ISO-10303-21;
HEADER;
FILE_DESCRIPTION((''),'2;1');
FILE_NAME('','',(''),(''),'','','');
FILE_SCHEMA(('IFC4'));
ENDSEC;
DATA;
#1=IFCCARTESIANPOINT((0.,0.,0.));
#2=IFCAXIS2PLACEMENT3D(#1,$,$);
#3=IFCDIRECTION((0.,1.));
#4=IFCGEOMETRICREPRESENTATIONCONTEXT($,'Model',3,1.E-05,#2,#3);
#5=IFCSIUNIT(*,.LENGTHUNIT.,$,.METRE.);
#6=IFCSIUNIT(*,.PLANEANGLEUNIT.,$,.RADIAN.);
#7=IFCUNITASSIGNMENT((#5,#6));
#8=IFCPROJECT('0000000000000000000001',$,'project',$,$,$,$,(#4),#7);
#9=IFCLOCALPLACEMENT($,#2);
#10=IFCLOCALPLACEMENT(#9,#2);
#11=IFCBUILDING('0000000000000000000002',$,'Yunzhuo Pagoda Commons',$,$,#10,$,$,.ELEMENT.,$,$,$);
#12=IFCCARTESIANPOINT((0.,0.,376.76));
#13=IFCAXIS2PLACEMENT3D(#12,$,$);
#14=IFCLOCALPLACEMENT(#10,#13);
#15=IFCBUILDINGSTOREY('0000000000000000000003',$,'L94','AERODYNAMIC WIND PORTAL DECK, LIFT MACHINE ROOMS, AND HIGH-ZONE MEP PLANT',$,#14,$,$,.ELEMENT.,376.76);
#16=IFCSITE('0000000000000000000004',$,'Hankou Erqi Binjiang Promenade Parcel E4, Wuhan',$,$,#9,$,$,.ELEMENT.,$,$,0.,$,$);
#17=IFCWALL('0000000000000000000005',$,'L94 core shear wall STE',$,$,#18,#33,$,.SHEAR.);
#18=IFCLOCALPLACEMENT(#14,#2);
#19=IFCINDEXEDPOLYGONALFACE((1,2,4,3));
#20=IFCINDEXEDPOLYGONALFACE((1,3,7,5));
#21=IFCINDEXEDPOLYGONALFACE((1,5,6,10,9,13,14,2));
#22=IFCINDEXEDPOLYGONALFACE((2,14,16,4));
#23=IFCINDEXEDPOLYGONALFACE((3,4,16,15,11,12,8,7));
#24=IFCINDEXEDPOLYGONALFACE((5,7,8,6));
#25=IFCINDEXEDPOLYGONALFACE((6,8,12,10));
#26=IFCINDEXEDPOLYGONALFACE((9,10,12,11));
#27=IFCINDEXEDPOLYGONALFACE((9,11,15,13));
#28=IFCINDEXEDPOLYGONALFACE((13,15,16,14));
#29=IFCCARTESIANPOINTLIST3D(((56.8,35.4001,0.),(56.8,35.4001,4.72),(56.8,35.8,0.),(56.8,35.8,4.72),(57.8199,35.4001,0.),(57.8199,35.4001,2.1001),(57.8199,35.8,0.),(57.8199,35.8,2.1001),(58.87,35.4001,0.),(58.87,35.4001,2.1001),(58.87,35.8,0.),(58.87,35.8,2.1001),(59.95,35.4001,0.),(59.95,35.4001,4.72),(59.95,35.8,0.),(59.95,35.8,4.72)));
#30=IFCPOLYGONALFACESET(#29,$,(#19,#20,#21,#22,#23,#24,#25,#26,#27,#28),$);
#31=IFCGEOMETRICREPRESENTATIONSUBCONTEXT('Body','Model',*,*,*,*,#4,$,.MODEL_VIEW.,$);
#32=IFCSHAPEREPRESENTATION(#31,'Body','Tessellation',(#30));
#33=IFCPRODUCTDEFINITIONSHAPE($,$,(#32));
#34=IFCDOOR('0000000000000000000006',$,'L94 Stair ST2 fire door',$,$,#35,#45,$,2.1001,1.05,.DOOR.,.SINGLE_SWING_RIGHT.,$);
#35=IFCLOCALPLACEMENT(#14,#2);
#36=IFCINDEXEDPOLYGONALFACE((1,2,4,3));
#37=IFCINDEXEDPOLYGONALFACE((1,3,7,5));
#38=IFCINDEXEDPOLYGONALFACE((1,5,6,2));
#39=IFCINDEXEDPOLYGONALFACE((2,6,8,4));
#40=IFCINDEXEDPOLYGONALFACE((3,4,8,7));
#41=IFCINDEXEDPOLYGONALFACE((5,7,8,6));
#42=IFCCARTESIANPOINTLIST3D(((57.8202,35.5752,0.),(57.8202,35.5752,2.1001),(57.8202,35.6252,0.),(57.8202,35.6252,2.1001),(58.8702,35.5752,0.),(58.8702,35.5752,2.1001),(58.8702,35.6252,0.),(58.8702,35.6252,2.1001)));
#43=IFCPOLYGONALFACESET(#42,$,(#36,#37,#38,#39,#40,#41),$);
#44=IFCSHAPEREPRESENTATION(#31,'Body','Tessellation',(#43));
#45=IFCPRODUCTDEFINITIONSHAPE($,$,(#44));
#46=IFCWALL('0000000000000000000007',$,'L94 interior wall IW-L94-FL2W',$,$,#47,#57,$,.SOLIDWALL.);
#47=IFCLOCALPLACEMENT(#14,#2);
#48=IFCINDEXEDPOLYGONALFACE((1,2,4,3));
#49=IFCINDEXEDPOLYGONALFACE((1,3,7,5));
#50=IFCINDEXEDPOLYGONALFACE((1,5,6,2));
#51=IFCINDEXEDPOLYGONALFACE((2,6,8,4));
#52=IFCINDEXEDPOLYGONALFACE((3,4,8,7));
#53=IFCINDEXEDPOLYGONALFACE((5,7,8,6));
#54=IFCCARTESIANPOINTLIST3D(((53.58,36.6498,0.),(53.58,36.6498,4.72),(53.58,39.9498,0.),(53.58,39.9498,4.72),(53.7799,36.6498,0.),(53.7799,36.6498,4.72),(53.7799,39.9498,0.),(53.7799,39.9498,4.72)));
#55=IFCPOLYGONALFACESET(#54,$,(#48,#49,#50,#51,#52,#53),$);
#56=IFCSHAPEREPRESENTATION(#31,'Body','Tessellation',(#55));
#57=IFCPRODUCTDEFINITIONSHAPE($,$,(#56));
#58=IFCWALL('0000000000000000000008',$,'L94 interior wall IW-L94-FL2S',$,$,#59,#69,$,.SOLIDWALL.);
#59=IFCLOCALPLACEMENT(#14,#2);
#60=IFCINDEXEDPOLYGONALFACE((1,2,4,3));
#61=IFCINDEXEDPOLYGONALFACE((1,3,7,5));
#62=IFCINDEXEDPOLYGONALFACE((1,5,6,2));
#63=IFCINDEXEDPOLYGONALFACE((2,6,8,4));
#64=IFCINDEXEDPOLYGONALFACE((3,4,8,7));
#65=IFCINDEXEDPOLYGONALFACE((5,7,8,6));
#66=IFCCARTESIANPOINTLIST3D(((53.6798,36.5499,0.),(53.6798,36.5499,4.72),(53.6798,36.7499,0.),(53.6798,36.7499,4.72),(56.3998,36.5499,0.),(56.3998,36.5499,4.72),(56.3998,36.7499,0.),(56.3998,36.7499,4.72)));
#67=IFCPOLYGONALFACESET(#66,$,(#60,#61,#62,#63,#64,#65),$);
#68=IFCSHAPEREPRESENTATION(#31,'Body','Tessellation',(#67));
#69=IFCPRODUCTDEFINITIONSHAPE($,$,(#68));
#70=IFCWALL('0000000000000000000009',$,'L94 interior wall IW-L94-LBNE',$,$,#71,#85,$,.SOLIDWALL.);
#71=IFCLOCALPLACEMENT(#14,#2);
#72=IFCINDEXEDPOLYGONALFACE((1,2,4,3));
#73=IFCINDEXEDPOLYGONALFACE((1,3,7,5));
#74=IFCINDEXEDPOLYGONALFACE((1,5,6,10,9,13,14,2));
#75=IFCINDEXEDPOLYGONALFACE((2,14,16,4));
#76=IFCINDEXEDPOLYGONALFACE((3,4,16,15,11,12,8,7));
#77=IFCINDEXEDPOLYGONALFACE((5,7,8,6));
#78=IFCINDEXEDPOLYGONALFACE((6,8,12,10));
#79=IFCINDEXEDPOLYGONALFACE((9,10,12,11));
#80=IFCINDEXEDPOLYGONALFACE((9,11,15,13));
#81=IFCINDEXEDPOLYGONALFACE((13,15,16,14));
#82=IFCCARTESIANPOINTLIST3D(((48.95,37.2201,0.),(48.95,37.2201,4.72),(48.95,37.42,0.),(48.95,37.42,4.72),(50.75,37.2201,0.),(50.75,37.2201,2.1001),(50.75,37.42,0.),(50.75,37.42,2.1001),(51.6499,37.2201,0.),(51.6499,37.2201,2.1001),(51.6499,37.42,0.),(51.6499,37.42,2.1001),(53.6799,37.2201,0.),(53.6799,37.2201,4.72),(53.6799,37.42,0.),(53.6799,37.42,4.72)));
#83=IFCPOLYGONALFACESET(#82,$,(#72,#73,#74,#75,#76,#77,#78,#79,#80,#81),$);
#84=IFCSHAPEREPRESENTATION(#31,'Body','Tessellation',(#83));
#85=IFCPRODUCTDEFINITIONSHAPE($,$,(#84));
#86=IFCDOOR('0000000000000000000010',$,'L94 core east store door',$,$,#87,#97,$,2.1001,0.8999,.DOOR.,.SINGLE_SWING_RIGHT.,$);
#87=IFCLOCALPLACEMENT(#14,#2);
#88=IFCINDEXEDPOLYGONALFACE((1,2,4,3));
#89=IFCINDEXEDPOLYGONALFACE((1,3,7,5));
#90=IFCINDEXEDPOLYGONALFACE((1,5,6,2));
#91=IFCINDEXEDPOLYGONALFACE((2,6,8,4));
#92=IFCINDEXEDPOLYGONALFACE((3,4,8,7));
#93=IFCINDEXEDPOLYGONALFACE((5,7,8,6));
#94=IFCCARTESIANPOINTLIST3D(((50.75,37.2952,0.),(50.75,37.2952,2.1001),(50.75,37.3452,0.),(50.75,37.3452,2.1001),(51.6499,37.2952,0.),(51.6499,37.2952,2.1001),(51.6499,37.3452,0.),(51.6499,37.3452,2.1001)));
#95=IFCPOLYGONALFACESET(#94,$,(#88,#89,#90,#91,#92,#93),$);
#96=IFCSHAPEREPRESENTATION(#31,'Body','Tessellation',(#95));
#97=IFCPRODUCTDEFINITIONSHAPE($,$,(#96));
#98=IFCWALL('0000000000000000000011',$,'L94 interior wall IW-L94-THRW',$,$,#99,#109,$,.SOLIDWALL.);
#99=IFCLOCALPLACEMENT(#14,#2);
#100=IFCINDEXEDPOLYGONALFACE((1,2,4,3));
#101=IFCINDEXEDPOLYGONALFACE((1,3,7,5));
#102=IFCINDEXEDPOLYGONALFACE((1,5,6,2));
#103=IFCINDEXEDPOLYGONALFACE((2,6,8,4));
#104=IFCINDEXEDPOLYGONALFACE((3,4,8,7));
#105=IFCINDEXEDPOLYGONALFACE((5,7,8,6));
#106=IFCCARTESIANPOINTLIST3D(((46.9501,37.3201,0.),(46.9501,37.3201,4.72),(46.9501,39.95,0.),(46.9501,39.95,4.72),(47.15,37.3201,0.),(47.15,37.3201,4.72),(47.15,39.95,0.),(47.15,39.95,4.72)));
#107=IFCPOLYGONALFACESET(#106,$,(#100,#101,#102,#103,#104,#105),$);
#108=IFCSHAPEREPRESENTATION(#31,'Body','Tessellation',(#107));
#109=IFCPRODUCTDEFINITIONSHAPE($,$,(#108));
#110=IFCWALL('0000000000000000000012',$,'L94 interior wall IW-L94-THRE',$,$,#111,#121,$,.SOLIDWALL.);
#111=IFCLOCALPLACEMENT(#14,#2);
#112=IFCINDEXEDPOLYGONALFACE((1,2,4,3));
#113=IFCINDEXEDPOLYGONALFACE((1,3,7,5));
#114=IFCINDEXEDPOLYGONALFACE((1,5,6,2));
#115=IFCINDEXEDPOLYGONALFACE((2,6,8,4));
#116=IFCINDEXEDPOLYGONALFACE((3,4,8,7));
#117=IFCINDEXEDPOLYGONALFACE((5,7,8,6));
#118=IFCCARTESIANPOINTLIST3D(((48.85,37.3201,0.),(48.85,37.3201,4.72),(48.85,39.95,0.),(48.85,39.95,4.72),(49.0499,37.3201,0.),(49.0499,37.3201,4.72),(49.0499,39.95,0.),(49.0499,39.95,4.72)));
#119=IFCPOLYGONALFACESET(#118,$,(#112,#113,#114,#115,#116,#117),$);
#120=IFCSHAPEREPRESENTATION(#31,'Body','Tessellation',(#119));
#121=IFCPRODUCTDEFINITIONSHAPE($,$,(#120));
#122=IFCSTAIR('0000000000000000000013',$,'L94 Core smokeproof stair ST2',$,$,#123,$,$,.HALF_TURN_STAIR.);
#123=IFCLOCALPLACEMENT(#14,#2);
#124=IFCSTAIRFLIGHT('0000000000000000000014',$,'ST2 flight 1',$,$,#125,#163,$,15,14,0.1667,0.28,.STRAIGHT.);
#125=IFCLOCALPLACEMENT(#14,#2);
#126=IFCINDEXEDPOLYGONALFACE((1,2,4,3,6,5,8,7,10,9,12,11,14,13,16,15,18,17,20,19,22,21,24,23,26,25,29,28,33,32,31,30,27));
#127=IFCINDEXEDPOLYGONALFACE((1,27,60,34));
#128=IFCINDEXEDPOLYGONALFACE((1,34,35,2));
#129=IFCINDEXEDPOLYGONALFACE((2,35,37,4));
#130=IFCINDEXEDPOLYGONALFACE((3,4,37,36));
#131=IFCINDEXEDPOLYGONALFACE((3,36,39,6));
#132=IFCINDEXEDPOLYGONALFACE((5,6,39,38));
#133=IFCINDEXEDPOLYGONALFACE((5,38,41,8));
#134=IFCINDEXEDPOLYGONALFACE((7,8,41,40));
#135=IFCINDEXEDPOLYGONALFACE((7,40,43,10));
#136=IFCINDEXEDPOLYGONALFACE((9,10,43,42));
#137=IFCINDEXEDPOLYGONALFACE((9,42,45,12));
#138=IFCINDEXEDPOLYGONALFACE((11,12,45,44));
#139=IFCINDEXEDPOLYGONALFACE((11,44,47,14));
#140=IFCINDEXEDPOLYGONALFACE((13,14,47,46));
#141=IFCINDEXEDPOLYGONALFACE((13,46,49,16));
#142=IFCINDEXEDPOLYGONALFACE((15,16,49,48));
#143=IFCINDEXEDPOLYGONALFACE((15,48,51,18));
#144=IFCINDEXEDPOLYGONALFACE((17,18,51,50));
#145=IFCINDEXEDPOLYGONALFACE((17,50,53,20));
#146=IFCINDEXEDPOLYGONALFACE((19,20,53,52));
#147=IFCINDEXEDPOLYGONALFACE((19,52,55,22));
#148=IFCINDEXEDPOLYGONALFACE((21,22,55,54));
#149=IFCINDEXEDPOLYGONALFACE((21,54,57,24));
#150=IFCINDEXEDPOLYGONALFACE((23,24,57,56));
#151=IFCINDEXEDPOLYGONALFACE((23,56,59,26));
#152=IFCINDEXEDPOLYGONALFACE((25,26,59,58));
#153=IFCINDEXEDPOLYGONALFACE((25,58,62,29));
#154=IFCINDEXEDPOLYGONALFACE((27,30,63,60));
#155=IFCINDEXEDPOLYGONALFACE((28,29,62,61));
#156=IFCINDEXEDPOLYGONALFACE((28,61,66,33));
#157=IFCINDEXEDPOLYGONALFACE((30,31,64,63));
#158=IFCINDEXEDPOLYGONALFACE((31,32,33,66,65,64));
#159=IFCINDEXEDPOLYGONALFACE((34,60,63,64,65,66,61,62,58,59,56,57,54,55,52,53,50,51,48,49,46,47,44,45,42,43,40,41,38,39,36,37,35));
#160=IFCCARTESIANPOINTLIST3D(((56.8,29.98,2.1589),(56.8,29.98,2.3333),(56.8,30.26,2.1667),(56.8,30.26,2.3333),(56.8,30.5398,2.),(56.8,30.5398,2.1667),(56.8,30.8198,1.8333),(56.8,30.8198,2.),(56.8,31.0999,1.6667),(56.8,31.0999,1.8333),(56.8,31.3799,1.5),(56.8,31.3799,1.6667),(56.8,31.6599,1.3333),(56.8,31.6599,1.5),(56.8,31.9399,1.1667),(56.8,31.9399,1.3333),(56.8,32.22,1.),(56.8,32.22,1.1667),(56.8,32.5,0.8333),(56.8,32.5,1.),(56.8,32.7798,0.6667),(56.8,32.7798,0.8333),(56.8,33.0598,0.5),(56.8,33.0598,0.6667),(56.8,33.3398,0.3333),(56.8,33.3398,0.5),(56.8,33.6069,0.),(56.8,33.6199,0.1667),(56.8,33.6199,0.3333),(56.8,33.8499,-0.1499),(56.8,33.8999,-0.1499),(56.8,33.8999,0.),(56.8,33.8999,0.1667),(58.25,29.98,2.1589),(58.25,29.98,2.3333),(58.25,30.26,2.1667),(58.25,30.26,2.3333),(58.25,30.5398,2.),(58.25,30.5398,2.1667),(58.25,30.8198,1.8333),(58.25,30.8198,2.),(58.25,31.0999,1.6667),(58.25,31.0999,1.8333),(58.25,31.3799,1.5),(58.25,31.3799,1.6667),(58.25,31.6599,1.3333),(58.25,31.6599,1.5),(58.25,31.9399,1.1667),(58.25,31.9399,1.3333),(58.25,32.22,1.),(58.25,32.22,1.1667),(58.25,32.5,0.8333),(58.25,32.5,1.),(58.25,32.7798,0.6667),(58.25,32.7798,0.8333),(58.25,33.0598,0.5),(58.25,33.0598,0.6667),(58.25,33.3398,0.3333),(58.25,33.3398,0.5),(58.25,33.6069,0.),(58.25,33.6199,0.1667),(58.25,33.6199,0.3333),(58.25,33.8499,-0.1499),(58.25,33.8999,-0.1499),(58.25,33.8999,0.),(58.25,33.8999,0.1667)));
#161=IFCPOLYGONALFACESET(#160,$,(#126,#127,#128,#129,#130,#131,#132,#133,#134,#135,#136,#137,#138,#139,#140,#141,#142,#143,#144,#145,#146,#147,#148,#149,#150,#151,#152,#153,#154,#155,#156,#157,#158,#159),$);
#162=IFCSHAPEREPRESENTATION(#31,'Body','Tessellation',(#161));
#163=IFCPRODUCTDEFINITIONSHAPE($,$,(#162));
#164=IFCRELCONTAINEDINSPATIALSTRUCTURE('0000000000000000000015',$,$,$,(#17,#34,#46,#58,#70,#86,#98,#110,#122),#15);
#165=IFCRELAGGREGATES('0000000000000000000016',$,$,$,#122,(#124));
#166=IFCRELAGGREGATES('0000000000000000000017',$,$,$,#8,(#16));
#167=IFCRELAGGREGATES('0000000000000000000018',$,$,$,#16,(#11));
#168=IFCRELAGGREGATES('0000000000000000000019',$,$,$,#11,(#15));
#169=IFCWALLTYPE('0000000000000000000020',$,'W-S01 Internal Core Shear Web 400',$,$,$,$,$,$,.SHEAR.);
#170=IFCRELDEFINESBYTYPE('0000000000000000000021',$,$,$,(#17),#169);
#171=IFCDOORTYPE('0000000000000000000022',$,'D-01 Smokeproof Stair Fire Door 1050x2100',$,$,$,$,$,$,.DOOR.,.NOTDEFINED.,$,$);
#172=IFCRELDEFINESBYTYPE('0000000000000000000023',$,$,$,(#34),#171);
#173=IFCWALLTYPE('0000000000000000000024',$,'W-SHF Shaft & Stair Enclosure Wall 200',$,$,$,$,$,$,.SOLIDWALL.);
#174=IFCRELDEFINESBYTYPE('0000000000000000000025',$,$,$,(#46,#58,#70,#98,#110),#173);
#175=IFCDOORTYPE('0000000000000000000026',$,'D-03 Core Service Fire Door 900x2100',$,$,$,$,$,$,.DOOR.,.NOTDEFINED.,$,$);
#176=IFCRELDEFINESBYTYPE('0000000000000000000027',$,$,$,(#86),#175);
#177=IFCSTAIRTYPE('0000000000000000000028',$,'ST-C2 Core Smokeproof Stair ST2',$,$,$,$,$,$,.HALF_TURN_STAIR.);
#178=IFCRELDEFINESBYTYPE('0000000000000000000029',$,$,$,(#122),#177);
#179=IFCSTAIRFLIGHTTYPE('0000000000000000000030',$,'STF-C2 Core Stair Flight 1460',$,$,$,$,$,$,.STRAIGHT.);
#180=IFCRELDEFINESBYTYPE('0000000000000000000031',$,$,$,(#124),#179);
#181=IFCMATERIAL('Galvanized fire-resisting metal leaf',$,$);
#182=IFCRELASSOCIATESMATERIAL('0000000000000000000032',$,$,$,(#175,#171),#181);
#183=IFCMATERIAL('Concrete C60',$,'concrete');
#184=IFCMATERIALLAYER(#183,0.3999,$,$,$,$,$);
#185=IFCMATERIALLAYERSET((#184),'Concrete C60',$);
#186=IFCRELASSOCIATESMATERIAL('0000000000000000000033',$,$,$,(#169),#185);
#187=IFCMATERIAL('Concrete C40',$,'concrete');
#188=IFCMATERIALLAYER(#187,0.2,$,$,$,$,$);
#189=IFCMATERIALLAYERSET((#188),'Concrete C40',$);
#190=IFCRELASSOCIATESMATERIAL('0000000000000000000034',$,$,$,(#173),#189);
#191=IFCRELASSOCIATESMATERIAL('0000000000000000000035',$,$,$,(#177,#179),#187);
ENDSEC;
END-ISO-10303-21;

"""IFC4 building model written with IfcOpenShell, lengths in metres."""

from ifc_helpers import new_model, si_unit, direction, frame, frame_2d, origin, place, context, subcontext, project, spatial, polyline, rectangle, outline, extrude, source, transform, mapped, material, layer, layer_set, type_object, element, fill, aggregate, save


model = new_model("IFC4")

# Units and contexts
model_context = context("Model", 3, precision=1e-05, world=origin(), true_north=direction((0.0, 1.0)))
body_context = subcontext(model_context, "Body", "Model", "MODEL_VIEW")
ifc_project = project(units=[si_unit("LENGTHUNIT", "METRE"), si_unit("PLANEANGLEUNIT", "RADIAN")], contexts=[model_context])

# Site, building, storey
site_placement = place(None, origin())
site = spatial("IfcSite", under=ifc_project, at=site_placement, Name="Hankou Erqi Binjiang Promenade Parcel E4, Wuhan", CompositionType="ELEMENT", RefElevation=0.0)
building_placement = place(site_placement, origin())
building = spatial("IfcBuilding", under=site, at=building_placement, Name="Yunzhuo Pagoda Commons", CompositionType="ELEMENT")
storey_placement = place(building_placement, frame((0.0, 0.0, 376.76)))
storey = spatial("IfcBuildingStorey", under=building, at=storey_placement, Name="L94", Description="AERODYNAMIC WIND PORTAL DECK, LIFT MACHINE ROOMS, AND HIGH-ZONE MEP PLANT", CompositionType="ELEMENT", Elevation=376.76)

# Shared definitions
ifc_material_1 = material(Name="Galvanized fire-resisting metal leaf")
door_type_1 = type_object("IfcDoorType", Name="D-03 Core Service Fire Door 900x2100", OperationType="NOTDEFINED", PredefinedType="DOOR", material=ifc_material_1)
shared_shape_1 = source(origin(), body_context, "Body", "SweptSolid", [
    extrude(rectangle(XDim=0.8999, YDim=2.1001, at=frame_2d((0.45, 1.05))), frame((0.0, 0.0249, 0.0), z_axis=(0.0, -1.0, 0.0), x_axis=(1.0, 0.0, 0.0)), (0.0, 0.0, 1.0), 0.05),
])

# Wall, opening, door
ifc_material_2 = material(Name="Concrete C60", Category="concrete")
ifc_layer_1 = layer(ifc_material_2, 0.3999)
ifc_layer_set_1 = layer_set([ifc_layer_1], Name="Concrete C60")
wall_type_1 = type_object("IfcWallType", Name="W-S01 Internal Core Shear Web 400", PredefinedType="SHEAR", material=ifc_layer_set_1)
wall_1_placement = place(storey_placement, frame((56.8, 35.6001, 0.0), z_axis=(0.0, 0.0, 1.0), x_axis=(1.0, 0.0, 0.0)))
wall_1 = element("IfcWall", 1, at=wall_1_placement, inside=storey, type_object=wall_type_1, Name="L94 core shear wall STE", PredefinedType="SHEAR", context=body_context, shape_type="SweptSolid", body=[
    extrude(rectangle(XDim=3.1499, YDim=0.3999, at=frame_2d((1.575, 0.0))), origin(), (0.0, 0.0, 1.0), 4.72),
])
opening_1_placement = place(wall_1_placement, frame((1.02, 0.0, 0.0)))
opening_1 = element("IfcOpeningElement", 2, at=opening_1_placement, cuts=wall_1, PredefinedType="OPENING", context=body_context, shape_type="SweptSolid", body=[
    extrude(rectangle(XDim=1.05, YDim=2.1001, at=frame_2d((0.5249, 1.05))), frame((0.0, 0.21, 0.0), z_axis=(0.0, -1.0, 0.0), x_axis=(1.0, 0.0, 0.0)), (0.0, 0.0, 1.0), 0.4199),
])
door_type_2 = type_object("IfcDoorType", Name="D-01 Smokeproof Stair Fire Door 1050x2100", OperationType="NOTDEFINED", PredefinedType="DOOR", material=ifc_material_1)
shared_shape_2 = source(origin(), body_context, "Body", "SweptSolid", [
    extrude(rectangle(XDim=1.05, YDim=2.1001, at=frame_2d((0.5249, 1.05))), frame((0.0, 0.0249, 0.0), z_axis=(0.0, -1.0, 0.0), x_axis=(1.0, 0.0, 0.0)), (0.0, 0.0, 1.0), 0.05),
])
door_1_placement = place(opening_1_placement, frame((1.05, 0.0, 0.0), z_axis=(0.0, 0.0, 1.0), x_axis=(-1.0, 0.0, 0.0)))
door_1 = element("IfcDoor", 3, at=door_1_placement, inside=storey, type_object=door_type_2, Name="L94 Stair ST2 fire door", OperationType="SINGLE_SWING_RIGHT", OverallHeight=2.1001, OverallWidth=1.05, PredefinedType="DOOR", context=body_context, shape_type="MappedRepresentation", body=[
    mapped(shared_shape_2, transform((0.0, 0.0, 0.0), scale=1.0)),
])
fill(opening_1, door_1)

# Walls
ifc_material_3 = material(Name="Concrete C40", Category="concrete")
ifc_layer_2 = layer(ifc_material_3, 0.2)
ifc_layer_set_2 = layer_set([ifc_layer_2], Name="Concrete C40")
wall_type_2 = type_object("IfcWallType", Name="W-SHF Shaft & Stair Enclosure Wall 200", PredefinedType="SOLIDWALL", material=ifc_layer_set_2)
wall_2_placement = place(storey_placement, frame((53.6799, 36.6499, 0.0), z_axis=(0.0, 0.0, 1.0), x_axis=(0.0, 1.0, 0.0)))
element("IfcWall", 4, at=wall_2_placement, inside=storey, type_object=wall_type_2, Name="L94 interior wall IW-L94-FL2W", PredefinedType="SOLIDWALL", context=body_context, shape_type="SweptSolid", body=[
    extrude(rectangle(XDim=3.3, YDim=0.2, at=frame_2d((1.6499, 0.0))), origin(), (0.0, 0.0, 1.0), 4.72),
])
wall_3_placement = place(storey_placement, frame((53.6799, 36.6499, 0.0), z_axis=(0.0, 0.0, 1.0), x_axis=(1.0, 0.0, 0.0)))
element("IfcWall", 5, at=wall_3_placement, inside=storey, type_object=wall_type_2, Name="L94 interior wall IW-L94-FL2S", PredefinedType="SOLIDWALL", context=body_context, shape_type="SweptSolid", body=[
    extrude(rectangle(XDim=2.72, YDim=0.2, at=frame_2d((1.3599, 0.0))), origin(), (0.0, 0.0, 1.0), 4.72),
])

# Wall, opening, door
wall_4_placement = place(storey_placement, frame((48.95, 37.3201, 0.0), z_axis=(0.0, 0.0, 1.0), x_axis=(1.0, 0.0, 0.0)))
wall_4 = element("IfcWall", 6, at=wall_4_placement, inside=storey, type_object=wall_type_2, Name="L94 interior wall IW-L94-LBNE", PredefinedType="SOLIDWALL", context=body_context, shape_type="SweptSolid", body=[
    extrude(rectangle(XDim=4.73, YDim=0.2, at=frame_2d((2.365, 0.0))), origin(), (0.0, 0.0, 1.0), 4.72),
])
opening_2_placement = place(wall_4_placement, frame((1.8, 0.0, 0.0)))
opening_2 = element("IfcOpeningElement", 7, at=opening_2_placement, cuts=wall_4, PredefinedType="OPENING", context=body_context, shape_type="SweptSolid", body=[
    extrude(rectangle(XDim=0.8999, YDim=2.1001, at=frame_2d((0.45, 1.05))), frame((0.0, 0.1099, 0.0), z_axis=(0.0, -1.0, 0.0), x_axis=(1.0, 0.0, 0.0)), (0.0, 0.0, 1.0), 0.22),
])
door_2_placement = place(opening_2_placement, frame((0.8999, 0.0, 0.0), z_axis=(0.0, 0.0, 1.0), x_axis=(-1.0, 0.0, 0.0)))
door_2 = element("IfcDoor", 8, at=door_2_placement, inside=storey, type_object=door_type_1, Name="L94 core east store door", OperationType="SINGLE_SWING_RIGHT", OverallHeight=2.1001, OverallWidth=0.8999, PredefinedType="DOOR", context=body_context, shape_type="MappedRepresentation", body=[
    mapped(shared_shape_1, transform((0.0, 0.0, 0.0), scale=1.0)),
])
fill(opening_2, door_2)

# Walls
for number, where, z_axis, x_axis, name in (
    (9, (47.05, 37.3201, 0.0), (0.0, 0.0, 1.0), (0.0, 1.0, 0.0), "L94 interior wall IW-L94-THRW"),
    (10, (48.95, 37.3201, 0.0), (0.0, 0.0, 1.0), (0.0, 1.0, 0.0), "L94 interior wall IW-L94-THRE"),
):
    element("IfcWall", number, at=place(storey_placement, frame(where, z_axis=z_axis, x_axis=x_axis)), inside=storey, type_object=wall_type_2, Name=name, PredefinedType="SOLIDWALL", context=body_context, shape_type="SweptSolid", body=[
        extrude(rectangle(XDim=2.6299, YDim=0.2, at=frame_2d((1.3149, 0.0))), origin(), (0.0, 0.0, 1.0), 4.72),
    ])

# Stair, stair flight
stair_type = type_object("IfcStairType", Name="ST-C2 Core Smokeproof Stair ST2", PredefinedType="HALF_TURN_STAIR", material=ifc_material_3)
stair_placement = place(storey_placement, origin())
stair = element("IfcStair", 11, at=stair_placement, inside=storey, type_object=stair_type, Name="L94 Core smokeproof stair ST2", PredefinedType="HALF_TURN_STAIR")
stair_flight_type = type_object("IfcStairFlightType", Name="STF-C2 Core Stair Flight 1460", PredefinedType="STRAIGHT", material=ifc_material_3)
shared_shape_3 = source(origin(), body_context, "Body", "SweptSolid", [
    extrude(outline(polyline([(0.0, -0.1499), (0.0, 0.0), (0.0, 0.1667), (0.28, 0.1667), (0.28, 0.3333), (0.5601, 0.3333), (0.5601, 0.5), (0.8401, 0.5), (0.8401, 0.6667), (1.1201, 0.6667), (1.1201, 0.8333), (1.3999, 0.8333), (1.3999, 1.0), (1.6799, 1.0), (1.6799, 1.1667), (1.96, 1.1667), (1.96, 1.3333), (2.24, 1.3333), (2.24, 1.5), (2.52, 1.5), (2.52, 1.6667), (2.8, 1.6667), (2.8, 1.8333), (3.0801, 1.8333), (3.0801, 2.0), (3.3601, 2.0), (3.3601, 2.1667), (3.6399, 2.1667), (3.6399, 2.3333), (3.9199, 2.3333), (3.9199, 2.5), (3.9199, 2.1589), (0.293, 0.0), (0.05, -0.1499), (0.0, -0.1499)])), frame((0.0, 0.7251, 0.0), z_axis=(0.0, -1.0, 0.0), x_axis=(1.0, 0.0, 0.0)), (0.0, 0.0, 1.0), 1.45),
])
stair_flight_placement = place(storey_placement, frame((57.5249, 33.8999, 0.0), z_axis=(0.0, 0.0, 1.0), x_axis=(0.0, -1.0, 0.0)))
stair_flight = element("IfcStairFlight", 12, at=stair_flight_placement, type_object=stair_flight_type, Name="ST2 flight 1", NumberOfRisers=15, NumberOfTreads=14, PredefinedType="STRAIGHT", RiserHeight=0.1667, TreadLength=0.28, context=body_context, shape_type="MappedRepresentation", body=[
    mapped(shared_shape_3, transform((0.0, 0.0, 0.0), scale=1.0)),
])
aggregate(stair, [stair_flight])

save(model, "model.ifc")
